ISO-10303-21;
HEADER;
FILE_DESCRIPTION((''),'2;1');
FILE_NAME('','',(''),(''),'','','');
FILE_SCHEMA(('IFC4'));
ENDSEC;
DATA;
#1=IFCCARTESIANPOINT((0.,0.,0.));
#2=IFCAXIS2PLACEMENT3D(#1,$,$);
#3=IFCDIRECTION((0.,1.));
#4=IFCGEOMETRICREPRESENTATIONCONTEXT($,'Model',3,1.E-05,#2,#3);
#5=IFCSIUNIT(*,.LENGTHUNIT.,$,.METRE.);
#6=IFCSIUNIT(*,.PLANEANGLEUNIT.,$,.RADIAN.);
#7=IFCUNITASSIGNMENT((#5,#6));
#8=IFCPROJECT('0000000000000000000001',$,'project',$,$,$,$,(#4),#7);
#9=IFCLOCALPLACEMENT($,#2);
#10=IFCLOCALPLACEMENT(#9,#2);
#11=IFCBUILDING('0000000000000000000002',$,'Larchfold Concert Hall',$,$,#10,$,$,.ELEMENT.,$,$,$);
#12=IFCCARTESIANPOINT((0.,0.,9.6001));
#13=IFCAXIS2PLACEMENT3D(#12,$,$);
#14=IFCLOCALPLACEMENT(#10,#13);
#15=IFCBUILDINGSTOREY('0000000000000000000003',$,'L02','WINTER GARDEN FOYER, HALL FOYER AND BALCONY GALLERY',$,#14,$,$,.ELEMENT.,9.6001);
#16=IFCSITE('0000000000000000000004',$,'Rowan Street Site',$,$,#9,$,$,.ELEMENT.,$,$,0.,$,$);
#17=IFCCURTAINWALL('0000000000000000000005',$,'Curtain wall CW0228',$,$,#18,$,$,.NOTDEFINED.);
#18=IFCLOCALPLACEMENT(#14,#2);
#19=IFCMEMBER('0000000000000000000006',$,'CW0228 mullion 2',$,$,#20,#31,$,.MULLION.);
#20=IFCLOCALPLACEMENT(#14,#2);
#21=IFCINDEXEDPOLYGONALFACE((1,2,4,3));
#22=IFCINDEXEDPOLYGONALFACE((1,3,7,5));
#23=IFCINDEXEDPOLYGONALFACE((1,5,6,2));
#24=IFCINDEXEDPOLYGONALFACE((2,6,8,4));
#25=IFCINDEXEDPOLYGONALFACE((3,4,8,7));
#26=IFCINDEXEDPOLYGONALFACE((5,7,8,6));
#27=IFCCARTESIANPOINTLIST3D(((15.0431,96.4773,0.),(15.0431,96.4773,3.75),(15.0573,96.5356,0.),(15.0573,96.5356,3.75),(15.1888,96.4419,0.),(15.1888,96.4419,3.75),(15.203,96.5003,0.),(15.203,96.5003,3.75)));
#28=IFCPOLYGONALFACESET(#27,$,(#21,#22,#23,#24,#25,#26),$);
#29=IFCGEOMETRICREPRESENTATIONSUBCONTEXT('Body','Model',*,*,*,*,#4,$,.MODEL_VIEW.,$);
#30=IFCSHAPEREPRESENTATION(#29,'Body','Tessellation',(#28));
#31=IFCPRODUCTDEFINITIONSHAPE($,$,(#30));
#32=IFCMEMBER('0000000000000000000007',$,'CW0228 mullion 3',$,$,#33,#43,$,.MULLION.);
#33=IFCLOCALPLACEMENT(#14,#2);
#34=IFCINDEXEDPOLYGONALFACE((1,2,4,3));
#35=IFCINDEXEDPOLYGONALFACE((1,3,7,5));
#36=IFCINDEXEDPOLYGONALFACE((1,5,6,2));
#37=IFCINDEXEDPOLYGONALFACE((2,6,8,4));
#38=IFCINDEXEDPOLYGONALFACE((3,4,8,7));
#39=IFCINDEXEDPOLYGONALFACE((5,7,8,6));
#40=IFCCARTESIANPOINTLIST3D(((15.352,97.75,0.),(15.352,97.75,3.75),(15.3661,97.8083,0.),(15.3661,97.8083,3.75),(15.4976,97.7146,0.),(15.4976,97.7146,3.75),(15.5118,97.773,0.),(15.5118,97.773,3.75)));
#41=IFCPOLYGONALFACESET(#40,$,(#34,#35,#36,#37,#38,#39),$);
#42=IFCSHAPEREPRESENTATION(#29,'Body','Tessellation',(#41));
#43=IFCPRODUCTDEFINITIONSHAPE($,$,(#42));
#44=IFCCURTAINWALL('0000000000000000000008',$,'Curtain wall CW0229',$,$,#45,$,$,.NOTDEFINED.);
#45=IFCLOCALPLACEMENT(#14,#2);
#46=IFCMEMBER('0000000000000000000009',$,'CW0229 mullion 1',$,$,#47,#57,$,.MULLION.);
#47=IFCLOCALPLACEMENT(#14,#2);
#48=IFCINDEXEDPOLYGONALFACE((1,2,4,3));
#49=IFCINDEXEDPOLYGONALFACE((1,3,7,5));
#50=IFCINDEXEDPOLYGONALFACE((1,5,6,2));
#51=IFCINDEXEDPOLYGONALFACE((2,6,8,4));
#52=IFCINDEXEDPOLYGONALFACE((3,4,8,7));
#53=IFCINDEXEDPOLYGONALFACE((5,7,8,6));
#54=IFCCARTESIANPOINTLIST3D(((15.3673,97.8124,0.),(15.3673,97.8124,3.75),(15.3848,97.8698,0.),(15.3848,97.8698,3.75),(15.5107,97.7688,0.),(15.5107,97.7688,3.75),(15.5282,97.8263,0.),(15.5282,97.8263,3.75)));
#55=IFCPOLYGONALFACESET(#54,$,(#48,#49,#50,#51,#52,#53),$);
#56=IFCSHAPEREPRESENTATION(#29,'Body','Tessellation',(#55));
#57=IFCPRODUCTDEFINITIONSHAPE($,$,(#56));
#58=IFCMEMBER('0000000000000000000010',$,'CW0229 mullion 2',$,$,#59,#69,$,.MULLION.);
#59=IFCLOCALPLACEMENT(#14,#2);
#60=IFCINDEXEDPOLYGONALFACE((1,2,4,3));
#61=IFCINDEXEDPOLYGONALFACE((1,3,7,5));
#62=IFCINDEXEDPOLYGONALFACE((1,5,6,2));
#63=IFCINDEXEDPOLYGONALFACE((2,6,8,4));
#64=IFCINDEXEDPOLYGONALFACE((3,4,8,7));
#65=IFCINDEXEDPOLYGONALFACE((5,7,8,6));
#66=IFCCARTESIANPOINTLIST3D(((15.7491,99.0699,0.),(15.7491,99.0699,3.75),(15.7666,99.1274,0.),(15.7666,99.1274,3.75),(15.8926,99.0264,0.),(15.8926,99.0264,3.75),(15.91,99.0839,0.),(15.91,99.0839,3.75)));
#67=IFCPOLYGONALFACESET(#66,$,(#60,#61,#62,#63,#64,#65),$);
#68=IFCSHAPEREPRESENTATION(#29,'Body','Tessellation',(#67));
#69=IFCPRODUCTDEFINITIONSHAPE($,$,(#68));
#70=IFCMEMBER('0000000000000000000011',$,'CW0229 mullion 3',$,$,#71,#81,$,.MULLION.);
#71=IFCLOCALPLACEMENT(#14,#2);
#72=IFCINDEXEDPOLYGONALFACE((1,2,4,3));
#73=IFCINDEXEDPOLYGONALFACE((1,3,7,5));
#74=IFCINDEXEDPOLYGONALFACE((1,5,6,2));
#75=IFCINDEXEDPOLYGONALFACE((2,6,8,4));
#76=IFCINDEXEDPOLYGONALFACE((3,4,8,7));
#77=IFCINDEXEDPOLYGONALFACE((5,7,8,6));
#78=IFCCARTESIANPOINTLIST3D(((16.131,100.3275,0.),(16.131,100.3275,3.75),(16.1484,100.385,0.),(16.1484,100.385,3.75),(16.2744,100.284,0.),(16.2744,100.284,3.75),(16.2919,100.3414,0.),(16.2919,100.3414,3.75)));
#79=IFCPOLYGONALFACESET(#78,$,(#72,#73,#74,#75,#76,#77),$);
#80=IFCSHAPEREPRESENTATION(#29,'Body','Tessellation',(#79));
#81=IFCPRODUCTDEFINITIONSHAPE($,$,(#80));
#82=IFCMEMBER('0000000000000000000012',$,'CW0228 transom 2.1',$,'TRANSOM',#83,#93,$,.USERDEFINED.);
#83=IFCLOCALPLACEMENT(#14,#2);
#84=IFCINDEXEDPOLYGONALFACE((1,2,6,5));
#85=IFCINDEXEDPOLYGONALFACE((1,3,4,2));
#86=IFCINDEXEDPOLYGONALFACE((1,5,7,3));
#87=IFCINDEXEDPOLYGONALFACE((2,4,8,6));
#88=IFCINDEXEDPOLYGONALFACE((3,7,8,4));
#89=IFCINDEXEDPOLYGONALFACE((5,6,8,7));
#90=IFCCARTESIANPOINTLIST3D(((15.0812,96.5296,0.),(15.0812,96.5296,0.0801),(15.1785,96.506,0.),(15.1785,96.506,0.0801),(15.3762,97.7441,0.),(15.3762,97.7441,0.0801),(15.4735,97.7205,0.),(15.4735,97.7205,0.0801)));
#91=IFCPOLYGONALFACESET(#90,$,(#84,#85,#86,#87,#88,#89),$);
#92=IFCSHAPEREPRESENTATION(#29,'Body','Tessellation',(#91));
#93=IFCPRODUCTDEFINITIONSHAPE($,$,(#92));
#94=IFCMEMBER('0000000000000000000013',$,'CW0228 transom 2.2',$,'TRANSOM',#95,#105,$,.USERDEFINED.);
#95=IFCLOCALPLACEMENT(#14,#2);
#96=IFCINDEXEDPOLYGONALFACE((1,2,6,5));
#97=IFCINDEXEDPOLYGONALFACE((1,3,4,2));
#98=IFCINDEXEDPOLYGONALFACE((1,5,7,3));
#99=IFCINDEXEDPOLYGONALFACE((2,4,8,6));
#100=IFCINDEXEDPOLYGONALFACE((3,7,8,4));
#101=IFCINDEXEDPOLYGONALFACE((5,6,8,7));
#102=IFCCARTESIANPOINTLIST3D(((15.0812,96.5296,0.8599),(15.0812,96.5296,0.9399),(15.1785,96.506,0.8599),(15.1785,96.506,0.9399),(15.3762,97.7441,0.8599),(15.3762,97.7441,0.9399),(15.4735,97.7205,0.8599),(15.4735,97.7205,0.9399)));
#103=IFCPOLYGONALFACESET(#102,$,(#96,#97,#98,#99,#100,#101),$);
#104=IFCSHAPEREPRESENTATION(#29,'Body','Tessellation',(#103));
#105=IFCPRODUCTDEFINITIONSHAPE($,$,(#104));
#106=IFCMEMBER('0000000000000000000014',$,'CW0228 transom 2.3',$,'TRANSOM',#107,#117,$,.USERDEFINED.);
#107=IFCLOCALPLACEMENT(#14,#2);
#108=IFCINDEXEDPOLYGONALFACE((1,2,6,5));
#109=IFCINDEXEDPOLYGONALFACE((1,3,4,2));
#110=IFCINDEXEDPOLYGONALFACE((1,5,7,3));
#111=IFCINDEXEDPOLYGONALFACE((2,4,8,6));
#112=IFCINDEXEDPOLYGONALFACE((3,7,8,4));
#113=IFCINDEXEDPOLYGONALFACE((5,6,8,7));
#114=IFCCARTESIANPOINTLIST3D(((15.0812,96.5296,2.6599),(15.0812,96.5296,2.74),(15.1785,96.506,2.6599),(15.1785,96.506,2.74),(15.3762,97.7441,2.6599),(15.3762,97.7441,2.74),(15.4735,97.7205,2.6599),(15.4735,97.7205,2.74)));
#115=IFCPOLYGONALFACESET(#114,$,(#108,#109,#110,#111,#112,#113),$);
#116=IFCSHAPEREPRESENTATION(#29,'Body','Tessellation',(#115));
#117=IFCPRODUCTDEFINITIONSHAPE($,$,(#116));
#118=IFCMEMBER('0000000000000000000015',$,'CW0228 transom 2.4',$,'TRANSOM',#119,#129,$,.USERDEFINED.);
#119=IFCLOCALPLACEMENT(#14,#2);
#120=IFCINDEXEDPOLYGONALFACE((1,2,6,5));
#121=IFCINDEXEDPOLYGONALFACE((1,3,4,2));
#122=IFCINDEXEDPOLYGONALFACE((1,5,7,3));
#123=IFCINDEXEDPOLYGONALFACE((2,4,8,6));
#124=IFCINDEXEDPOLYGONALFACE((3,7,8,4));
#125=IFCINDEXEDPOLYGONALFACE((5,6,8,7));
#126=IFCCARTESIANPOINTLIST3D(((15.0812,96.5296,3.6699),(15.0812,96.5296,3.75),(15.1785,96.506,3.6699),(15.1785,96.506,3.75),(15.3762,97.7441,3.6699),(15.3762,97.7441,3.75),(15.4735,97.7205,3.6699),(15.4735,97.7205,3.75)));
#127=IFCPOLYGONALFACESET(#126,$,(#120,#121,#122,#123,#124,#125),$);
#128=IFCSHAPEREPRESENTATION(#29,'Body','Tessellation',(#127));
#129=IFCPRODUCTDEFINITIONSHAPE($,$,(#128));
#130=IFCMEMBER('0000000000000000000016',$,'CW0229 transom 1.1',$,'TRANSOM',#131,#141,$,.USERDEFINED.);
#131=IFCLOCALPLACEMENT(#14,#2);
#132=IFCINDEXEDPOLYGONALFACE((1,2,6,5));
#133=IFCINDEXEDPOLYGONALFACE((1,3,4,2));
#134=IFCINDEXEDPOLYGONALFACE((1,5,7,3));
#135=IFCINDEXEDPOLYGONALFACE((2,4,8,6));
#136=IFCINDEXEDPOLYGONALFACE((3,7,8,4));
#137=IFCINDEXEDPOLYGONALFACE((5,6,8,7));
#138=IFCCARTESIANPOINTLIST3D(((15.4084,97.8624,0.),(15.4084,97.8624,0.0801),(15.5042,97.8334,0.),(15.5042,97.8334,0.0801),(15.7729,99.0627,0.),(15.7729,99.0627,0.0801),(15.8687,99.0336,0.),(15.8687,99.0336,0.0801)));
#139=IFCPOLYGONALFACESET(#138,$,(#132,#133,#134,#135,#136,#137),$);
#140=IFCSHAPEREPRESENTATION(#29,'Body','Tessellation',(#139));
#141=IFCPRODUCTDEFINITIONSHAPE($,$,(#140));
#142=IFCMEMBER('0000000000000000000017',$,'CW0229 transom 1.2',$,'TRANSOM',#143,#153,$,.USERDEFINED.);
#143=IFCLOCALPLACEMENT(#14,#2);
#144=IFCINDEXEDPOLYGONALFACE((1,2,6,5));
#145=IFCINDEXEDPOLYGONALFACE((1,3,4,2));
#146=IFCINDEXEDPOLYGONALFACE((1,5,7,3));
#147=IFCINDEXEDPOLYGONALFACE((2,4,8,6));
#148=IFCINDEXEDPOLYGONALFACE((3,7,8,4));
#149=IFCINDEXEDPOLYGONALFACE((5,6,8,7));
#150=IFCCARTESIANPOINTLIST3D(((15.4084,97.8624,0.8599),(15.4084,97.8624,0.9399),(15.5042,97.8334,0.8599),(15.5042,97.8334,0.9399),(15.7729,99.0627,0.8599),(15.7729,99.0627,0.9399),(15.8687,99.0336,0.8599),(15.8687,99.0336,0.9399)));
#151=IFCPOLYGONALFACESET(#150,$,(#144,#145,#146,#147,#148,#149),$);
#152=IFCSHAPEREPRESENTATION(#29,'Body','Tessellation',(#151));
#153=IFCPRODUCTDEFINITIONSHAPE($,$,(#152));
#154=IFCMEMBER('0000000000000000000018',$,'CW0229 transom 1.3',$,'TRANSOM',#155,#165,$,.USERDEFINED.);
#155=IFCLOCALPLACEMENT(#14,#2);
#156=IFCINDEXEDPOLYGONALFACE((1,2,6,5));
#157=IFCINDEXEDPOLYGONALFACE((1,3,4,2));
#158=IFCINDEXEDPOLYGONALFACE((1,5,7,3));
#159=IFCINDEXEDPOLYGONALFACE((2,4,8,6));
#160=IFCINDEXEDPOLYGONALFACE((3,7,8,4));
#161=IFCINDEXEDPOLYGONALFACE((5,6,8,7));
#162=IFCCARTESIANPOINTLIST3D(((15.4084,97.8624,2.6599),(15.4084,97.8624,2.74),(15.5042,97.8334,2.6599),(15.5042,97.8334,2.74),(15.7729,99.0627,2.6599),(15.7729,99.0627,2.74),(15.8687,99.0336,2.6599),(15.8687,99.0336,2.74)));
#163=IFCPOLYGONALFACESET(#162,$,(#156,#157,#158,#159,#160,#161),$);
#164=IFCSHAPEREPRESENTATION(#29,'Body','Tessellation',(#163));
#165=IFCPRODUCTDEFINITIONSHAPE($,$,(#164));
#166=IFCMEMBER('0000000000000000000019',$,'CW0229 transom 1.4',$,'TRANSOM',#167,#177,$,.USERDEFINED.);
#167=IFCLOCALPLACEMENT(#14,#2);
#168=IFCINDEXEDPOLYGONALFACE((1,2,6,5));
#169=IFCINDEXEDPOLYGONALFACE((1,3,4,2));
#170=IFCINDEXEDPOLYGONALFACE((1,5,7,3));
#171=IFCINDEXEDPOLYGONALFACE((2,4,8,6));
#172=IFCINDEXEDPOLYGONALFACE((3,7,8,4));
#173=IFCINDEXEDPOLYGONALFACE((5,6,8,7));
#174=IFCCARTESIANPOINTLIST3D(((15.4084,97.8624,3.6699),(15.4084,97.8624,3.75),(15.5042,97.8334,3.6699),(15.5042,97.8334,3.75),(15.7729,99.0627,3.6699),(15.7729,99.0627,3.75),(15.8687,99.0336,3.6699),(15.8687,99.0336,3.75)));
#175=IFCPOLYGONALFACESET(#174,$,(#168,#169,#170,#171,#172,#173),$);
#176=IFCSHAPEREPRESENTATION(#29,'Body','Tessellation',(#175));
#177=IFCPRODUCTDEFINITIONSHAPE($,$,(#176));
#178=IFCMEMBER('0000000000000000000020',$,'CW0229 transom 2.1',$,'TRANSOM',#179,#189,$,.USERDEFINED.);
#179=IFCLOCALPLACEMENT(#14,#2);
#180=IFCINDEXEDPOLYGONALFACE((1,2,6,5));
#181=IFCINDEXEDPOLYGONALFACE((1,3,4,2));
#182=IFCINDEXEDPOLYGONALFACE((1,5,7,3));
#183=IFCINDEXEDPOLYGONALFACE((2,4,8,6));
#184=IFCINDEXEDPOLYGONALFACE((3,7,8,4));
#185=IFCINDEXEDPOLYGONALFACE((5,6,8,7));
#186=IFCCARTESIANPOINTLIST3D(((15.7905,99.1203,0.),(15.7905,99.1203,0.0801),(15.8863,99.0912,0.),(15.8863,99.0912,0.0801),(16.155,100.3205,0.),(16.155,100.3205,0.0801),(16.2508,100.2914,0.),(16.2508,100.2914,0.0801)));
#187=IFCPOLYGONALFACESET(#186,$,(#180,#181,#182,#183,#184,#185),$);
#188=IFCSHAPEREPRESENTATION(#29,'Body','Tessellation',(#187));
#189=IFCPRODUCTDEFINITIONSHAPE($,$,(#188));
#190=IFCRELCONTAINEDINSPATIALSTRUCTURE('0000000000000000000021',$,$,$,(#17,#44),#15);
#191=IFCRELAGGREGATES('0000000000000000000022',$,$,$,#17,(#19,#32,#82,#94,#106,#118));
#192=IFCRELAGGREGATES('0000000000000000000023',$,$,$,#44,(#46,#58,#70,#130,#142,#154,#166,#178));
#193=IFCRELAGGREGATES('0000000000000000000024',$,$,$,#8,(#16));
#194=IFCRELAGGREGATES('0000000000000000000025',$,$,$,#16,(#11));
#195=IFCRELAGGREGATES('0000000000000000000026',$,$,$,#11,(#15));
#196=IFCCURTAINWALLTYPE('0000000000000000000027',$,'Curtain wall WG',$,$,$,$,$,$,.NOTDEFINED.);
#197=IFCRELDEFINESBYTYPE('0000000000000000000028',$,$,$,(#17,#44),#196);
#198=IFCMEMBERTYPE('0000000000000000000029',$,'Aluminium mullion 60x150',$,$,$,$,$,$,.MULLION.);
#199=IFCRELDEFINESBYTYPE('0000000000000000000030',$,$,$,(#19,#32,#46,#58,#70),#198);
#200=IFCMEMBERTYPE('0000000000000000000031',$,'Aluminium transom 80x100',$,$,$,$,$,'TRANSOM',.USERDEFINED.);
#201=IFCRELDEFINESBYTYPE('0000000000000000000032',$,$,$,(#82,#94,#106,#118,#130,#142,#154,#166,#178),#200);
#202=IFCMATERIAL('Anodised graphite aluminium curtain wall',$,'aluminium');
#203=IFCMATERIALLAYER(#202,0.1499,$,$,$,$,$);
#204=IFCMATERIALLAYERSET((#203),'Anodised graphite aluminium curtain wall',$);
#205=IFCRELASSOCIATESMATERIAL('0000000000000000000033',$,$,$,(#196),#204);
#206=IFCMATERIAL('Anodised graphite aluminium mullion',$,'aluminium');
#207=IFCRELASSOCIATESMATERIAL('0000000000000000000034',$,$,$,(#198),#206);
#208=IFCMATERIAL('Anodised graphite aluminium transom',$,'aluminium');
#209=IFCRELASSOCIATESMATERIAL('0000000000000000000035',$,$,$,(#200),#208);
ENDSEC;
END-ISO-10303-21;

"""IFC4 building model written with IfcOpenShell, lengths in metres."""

from ifc_helpers import new_model, si_unit, direction, frame, origin, origin_2d, place, context, subcontext, project, spatial, rectangle, extrude, material, layer, layer_set, material_profile, profile_set, type_object, element, aggregate, save


model = new_model("IFC4")

# Units and contexts
model_context = context("Model", 3, precision=1e-05, world=origin(), true_north=direction((0.0, 1.0)))
body_context = subcontext(model_context, "Body", "Model", "MODEL_VIEW")
ifc_project = project(units=[si_unit("LENGTHUNIT", "METRE"), si_unit("PLANEANGLEUNIT", "RADIAN")], contexts=[model_context])

# Site, building, storey
site_placement = place(None, origin())
site = spatial("IfcSite", under=ifc_project, at=site_placement, Name="Rowan Street Site", CompositionType="ELEMENT", RefElevation=0.0)
building_placement = place(site_placement, origin())
building = spatial("IfcBuilding", under=site, at=building_placement, Name="Larchfold Concert Hall", CompositionType="ELEMENT")
storey_placement = place(building_placement, frame((0.0, 0.0, 9.6001)))
storey = spatial("IfcBuildingStorey", under=building, at=storey_placement, Name="L02", Description="WINTER GARDEN FOYER, HALL FOYER AND BALCONY GALLERY", CompositionType="ELEMENT", Elevation=9.6001)

# Curtain walls, members
ifc_material_1 = material(Name="Anodised graphite aluminium curtain wall", Category="aluminium")
ifc_layer_1 = layer(ifc_material_1, 0.1499)
ifc_layer_set_1 = layer_set([ifc_layer_1], Name="Anodised graphite aluminium curtain wall")
curtain_wall_type = type_object("IfcCurtainWallType", Name="Curtain wall WG", PredefinedType="NOTDEFINED", material=ifc_layer_set_1)
curtain_wall_1_placement = place(storey_placement, origin())
curtain_wall_1 = element("IfcCurtainWall", 1, at=curtain_wall_1_placement, inside=storey, type_object=curtain_wall_type, Name="Curtain wall CW0228", PredefinedType="NOTDEFINED")
ifc_material_2 = material(Name="Anodised graphite aluminium mullion", Category="aluminium")
ifc_material_profile_1 = material_profile(ifc_material_2, rectangle(XDim=0.1499, YDim=0.0601, at=origin_2d()))
ifc_profile_set_1 = profile_set([ifc_material_profile_1], Name="Anodised graphite aluminium mullion")
member_type_1 = type_object("IfcMemberType", Name="Aluminium mullion 60x150", PredefinedType="MULLION", material=ifc_profile_set_1)
member_1_placement = place(storey_placement, frame((15.123, 96.4888, 0.0), z_axis=(0.0, 0.0, 1.0), x_axis=(-0.971771, 0.235926, 0.0)))
member_1 = element("IfcMember", 2, at=member_1_placement, type_object=member_type_1, Name="CW0228 mullion 2", PredefinedType="MULLION", context=body_context, shape_type="SweptSolid", body=[
    extrude(rectangle(XDim=0.1499, YDim=0.0601, at=origin_2d()), origin(), (0.0, 0.0, 1.0), 3.75),
])
member_2_placement = place(storey_placement, frame((15.4319, 97.7615, 0.0), z_axis=(0.0, 0.0, 1.0), x_axis=(-0.971771, 0.235926, 0.0)))
member_2 = element("IfcMember", 3, at=member_2_placement, type_object=member_type_1, Name="CW0228 mullion 3", PredefinedType="MULLION", context=body_context, shape_type="SweptSolid", body=[
    extrude(rectangle(XDim=0.1499, YDim=0.0601, at=origin_2d()), origin(), (0.0, 0.0, 1.0), 3.75),
])
curtain_wall_2_placement = place(storey_placement, origin())
curtain_wall_2 = element("IfcCurtainWall", 4, at=curtain_wall_2_placement, inside=storey, type_object=curtain_wall_type, Name="Curtain wall CW0229", PredefinedType="NOTDEFINED")
member_3_placement = place(storey_placement, frame((15.4478, 97.8193, 0.0), z_axis=(0.0, 0.0, 1.0), x_axis=(-0.956856, 0.290562, 0.0)))
member_3 = element("IfcMember", 5, at=member_3_placement, type_object=member_type_1, Name="CW0229 mullion 1", PredefinedType="MULLION", context=body_context, shape_type="SweptSolid", body=[
    extrude(rectangle(XDim=0.1499, YDim=0.0601, at=origin_2d()), origin(), (0.0, 0.0, 1.0), 3.75),
])
member_4_placement = place(storey_placement, frame((15.8296, 99.0769, 0.0), z_axis=(0.0, 0.0, 1.0), x_axis=(-0.956856, 0.290562, 0.0)))
member_4 = element("IfcMember", 6, at=member_4_placement, type_object=member_type_1, Name="CW0229 mullion 2", PredefinedType="MULLION", context=body_context, shape_type="SweptSolid", body=[
    extrude(rectangle(XDim=0.1499, YDim=0.0601, at=origin_2d()), origin(), (0.0, 0.0, 1.0), 3.75),
])
member_5_placement = place(storey_placement, frame((16.2114, 100.3345, 0.0), z_axis=(0.0, 0.0, 1.0), x_axis=(-0.956856, 0.290562, 0.0)))
member_5 = element("IfcMember", 7, at=member_5_placement, type_object=member_type_1, Name="CW0229 mullion 3", PredefinedType="MULLION", context=body_context, shape_type="SweptSolid", body=[
    extrude(rectangle(XDim=0.1499, YDim=0.0601, at=origin_2d()), origin(), (0.0, 0.0, 1.0), 3.75),
])

# Members
ifc_material_3 = material(Name="Anodised graphite aluminium transom", Category="aluminium")
ifc_material_profile_2 = material_profile(ifc_material_3, rectangle(XDim=0.1001, YDim=0.0801, at=origin_2d()))
ifc_profile_set_2 = profile_set([ifc_material_profile_2], Name="Anodised graphite aluminium transom")
member_type_2 = type_object("IfcMemberType", Name="Aluminium transom 80x100", ElementType="TRANSOM", PredefinedType="USERDEFINED", material=ifc_profile_set_2)
member_6_placement = place(storey_placement, frame((15.1299, 96.5178, 0.04), z_axis=(0.236003, 0.971752, 0.0), x_axis=(-0.971752, 0.236003, 0.0)))
member_6 = element("IfcMember", 8, at=member_6_placement, type_object=member_type_2, Name="CW0228 transom 2.1", ObjectType="TRANSOM", PredefinedType="USERDEFINED", context=body_context, shape_type="SweptSolid", body=[
    extrude(rectangle(XDim=0.1001, YDim=0.0801, at=origin_2d()), origin(), (0.0, 0.0, 1.0), 1.2498),
])
member_7_placement = place(storey_placement, frame((15.1299, 96.5178, 0.8999), z_axis=(0.236003, 0.971752, 0.0), x_axis=(-0.971752, 0.236003, 0.0)))
member_7 = element("IfcMember", 9, at=member_7_placement, type_object=member_type_2, Name="CW0228 transom 2.2", ObjectType="TRANSOM", PredefinedType="USERDEFINED", context=body_context, shape_type="SweptSolid", body=[
    extrude(rectangle(XDim=0.1001, YDim=0.0801, at=origin_2d()), origin(), (0.0, 0.0, 1.0), 1.2498),
])
member_8_placement = place(storey_placement, frame((15.1299, 96.5178, 2.7), z_axis=(0.236003, 0.971752, 0.0), x_axis=(-0.971752, 0.236003, 0.0)))
member_8 = element("IfcMember", 10, at=member_8_placement, type_object=member_type_2, Name="CW0228 transom 2.3", ObjectType="TRANSOM", PredefinedType="USERDEFINED", context=body_context, shape_type="SweptSolid", body=[
    extrude(rectangle(XDim=0.1001, YDim=0.0801, at=origin_2d()), origin(), (0.0, 0.0, 1.0), 1.2498),
])
member_9_placement = place(storey_placement, frame((15.1299, 96.5178, 3.71), z_axis=(0.236003, 0.971752, 0.0), x_axis=(-0.971752, 0.236003, 0.0)))
member_9 = element("IfcMember", 11, at=member_9_placement, type_object=member_type_2, Name="CW0228 transom 2.4", ObjectType="TRANSOM", PredefinedType="USERDEFINED", context=body_context, shape_type="SweptSolid", body=[
    extrude(rectangle(XDim=0.1001, YDim=0.0801, at=origin_2d()), origin(), (0.0, 0.0, 1.0), 1.2498),
])
member_10_placement = place(storey_placement, frame((15.4563, 97.8479, 0.04), z_axis=(0.290596, 0.956846, 0.0), x_axis=(-0.956846, 0.290596, 0.0)))
member_10 = element("IfcMember", 12, at=member_10_placement, type_object=member_type_2, Name="CW0229 transom 1.1", ObjectType="TRANSOM", PredefinedType="USERDEFINED", context=body_context, shape_type="SweptSolid", body=[
    extrude(rectangle(XDim=0.1001, YDim=0.0801, at=origin_2d()), origin(), (0.0, 0.0, 1.0), 1.2544),
])
member_11_placement = place(storey_placement, frame((15.4563, 97.8479, 0.8999), z_axis=(0.290596, 0.956846, 0.0), x_axis=(-0.956846, 0.290596, 0.0)))
member_11 = element("IfcMember", 13, at=member_11_placement, type_object=member_type_2, Name="CW0229 transom 1.2", ObjectType="TRANSOM", PredefinedType="USERDEFINED", context=body_context, shape_type="SweptSolid", body=[
    extrude(rectangle(XDim=0.1001, YDim=0.0801, at=origin_2d()), origin(), (0.0, 0.0, 1.0), 1.2544),
])
member_12_placement = place(storey_placement, frame((15.4563, 97.8479, 2.7), z_axis=(0.290596, 0.956846, 0.0), x_axis=(-0.956846, 0.290596, 0.0)))
member_12 = element("IfcMember", 14, at=member_12_placement, type_object=member_type_2, Name="CW0229 transom 1.3", ObjectType="TRANSOM", PredefinedType="USERDEFINED", context=body_context, shape_type="SweptSolid", body=[
    extrude(rectangle(XDim=0.1001, YDim=0.0801, at=origin_2d()), origin(), (0.0, 0.0, 1.0), 1.2544),
])
member_13_placement = place(storey_placement, frame((15.4563, 97.8479, 3.71), z_axis=(0.290596, 0.956846, 0.0), x_axis=(-0.956846, 0.290596, 0.0)))
member_13 = element("IfcMember", 15, at=member_13_placement, type_object=member_type_2, Name="CW0229 transom 1.4", ObjectType="TRANSOM", PredefinedType="USERDEFINED", context=body_context, shape_type="SweptSolid", body=[
    extrude(rectangle(XDim=0.1001, YDim=0.0801, at=origin_2d()), origin(), (0.0, 0.0, 1.0), 1.2544),
])
member_14_placement = place(storey_placement, frame((15.8384, 99.1057, 0.04), z_axis=(0.290596, 0.956846, 0.0), x_axis=(-0.956846, 0.290596, 0.0)))
member_14 = element("IfcMember", 16, at=member_14_placement, type_object=member_type_2, Name="CW0229 transom 2.1", ObjectType="TRANSOM", PredefinedType="USERDEFINED", context=body_context, shape_type="SweptSolid", body=[
    extrude(rectangle(XDim=0.1001, YDim=0.0801, at=origin_2d()), origin(), (0.0, 0.0, 1.0), 1.2544),
])

aggregate(curtain_wall_1, [member_1, member_2, member_6, member_7, member_8, member_9])
aggregate(curtain_wall_2, [member_3, member_4, member_5, member_10, member_11, member_12, member_13, member_14])

save(model, "model.ifc")
